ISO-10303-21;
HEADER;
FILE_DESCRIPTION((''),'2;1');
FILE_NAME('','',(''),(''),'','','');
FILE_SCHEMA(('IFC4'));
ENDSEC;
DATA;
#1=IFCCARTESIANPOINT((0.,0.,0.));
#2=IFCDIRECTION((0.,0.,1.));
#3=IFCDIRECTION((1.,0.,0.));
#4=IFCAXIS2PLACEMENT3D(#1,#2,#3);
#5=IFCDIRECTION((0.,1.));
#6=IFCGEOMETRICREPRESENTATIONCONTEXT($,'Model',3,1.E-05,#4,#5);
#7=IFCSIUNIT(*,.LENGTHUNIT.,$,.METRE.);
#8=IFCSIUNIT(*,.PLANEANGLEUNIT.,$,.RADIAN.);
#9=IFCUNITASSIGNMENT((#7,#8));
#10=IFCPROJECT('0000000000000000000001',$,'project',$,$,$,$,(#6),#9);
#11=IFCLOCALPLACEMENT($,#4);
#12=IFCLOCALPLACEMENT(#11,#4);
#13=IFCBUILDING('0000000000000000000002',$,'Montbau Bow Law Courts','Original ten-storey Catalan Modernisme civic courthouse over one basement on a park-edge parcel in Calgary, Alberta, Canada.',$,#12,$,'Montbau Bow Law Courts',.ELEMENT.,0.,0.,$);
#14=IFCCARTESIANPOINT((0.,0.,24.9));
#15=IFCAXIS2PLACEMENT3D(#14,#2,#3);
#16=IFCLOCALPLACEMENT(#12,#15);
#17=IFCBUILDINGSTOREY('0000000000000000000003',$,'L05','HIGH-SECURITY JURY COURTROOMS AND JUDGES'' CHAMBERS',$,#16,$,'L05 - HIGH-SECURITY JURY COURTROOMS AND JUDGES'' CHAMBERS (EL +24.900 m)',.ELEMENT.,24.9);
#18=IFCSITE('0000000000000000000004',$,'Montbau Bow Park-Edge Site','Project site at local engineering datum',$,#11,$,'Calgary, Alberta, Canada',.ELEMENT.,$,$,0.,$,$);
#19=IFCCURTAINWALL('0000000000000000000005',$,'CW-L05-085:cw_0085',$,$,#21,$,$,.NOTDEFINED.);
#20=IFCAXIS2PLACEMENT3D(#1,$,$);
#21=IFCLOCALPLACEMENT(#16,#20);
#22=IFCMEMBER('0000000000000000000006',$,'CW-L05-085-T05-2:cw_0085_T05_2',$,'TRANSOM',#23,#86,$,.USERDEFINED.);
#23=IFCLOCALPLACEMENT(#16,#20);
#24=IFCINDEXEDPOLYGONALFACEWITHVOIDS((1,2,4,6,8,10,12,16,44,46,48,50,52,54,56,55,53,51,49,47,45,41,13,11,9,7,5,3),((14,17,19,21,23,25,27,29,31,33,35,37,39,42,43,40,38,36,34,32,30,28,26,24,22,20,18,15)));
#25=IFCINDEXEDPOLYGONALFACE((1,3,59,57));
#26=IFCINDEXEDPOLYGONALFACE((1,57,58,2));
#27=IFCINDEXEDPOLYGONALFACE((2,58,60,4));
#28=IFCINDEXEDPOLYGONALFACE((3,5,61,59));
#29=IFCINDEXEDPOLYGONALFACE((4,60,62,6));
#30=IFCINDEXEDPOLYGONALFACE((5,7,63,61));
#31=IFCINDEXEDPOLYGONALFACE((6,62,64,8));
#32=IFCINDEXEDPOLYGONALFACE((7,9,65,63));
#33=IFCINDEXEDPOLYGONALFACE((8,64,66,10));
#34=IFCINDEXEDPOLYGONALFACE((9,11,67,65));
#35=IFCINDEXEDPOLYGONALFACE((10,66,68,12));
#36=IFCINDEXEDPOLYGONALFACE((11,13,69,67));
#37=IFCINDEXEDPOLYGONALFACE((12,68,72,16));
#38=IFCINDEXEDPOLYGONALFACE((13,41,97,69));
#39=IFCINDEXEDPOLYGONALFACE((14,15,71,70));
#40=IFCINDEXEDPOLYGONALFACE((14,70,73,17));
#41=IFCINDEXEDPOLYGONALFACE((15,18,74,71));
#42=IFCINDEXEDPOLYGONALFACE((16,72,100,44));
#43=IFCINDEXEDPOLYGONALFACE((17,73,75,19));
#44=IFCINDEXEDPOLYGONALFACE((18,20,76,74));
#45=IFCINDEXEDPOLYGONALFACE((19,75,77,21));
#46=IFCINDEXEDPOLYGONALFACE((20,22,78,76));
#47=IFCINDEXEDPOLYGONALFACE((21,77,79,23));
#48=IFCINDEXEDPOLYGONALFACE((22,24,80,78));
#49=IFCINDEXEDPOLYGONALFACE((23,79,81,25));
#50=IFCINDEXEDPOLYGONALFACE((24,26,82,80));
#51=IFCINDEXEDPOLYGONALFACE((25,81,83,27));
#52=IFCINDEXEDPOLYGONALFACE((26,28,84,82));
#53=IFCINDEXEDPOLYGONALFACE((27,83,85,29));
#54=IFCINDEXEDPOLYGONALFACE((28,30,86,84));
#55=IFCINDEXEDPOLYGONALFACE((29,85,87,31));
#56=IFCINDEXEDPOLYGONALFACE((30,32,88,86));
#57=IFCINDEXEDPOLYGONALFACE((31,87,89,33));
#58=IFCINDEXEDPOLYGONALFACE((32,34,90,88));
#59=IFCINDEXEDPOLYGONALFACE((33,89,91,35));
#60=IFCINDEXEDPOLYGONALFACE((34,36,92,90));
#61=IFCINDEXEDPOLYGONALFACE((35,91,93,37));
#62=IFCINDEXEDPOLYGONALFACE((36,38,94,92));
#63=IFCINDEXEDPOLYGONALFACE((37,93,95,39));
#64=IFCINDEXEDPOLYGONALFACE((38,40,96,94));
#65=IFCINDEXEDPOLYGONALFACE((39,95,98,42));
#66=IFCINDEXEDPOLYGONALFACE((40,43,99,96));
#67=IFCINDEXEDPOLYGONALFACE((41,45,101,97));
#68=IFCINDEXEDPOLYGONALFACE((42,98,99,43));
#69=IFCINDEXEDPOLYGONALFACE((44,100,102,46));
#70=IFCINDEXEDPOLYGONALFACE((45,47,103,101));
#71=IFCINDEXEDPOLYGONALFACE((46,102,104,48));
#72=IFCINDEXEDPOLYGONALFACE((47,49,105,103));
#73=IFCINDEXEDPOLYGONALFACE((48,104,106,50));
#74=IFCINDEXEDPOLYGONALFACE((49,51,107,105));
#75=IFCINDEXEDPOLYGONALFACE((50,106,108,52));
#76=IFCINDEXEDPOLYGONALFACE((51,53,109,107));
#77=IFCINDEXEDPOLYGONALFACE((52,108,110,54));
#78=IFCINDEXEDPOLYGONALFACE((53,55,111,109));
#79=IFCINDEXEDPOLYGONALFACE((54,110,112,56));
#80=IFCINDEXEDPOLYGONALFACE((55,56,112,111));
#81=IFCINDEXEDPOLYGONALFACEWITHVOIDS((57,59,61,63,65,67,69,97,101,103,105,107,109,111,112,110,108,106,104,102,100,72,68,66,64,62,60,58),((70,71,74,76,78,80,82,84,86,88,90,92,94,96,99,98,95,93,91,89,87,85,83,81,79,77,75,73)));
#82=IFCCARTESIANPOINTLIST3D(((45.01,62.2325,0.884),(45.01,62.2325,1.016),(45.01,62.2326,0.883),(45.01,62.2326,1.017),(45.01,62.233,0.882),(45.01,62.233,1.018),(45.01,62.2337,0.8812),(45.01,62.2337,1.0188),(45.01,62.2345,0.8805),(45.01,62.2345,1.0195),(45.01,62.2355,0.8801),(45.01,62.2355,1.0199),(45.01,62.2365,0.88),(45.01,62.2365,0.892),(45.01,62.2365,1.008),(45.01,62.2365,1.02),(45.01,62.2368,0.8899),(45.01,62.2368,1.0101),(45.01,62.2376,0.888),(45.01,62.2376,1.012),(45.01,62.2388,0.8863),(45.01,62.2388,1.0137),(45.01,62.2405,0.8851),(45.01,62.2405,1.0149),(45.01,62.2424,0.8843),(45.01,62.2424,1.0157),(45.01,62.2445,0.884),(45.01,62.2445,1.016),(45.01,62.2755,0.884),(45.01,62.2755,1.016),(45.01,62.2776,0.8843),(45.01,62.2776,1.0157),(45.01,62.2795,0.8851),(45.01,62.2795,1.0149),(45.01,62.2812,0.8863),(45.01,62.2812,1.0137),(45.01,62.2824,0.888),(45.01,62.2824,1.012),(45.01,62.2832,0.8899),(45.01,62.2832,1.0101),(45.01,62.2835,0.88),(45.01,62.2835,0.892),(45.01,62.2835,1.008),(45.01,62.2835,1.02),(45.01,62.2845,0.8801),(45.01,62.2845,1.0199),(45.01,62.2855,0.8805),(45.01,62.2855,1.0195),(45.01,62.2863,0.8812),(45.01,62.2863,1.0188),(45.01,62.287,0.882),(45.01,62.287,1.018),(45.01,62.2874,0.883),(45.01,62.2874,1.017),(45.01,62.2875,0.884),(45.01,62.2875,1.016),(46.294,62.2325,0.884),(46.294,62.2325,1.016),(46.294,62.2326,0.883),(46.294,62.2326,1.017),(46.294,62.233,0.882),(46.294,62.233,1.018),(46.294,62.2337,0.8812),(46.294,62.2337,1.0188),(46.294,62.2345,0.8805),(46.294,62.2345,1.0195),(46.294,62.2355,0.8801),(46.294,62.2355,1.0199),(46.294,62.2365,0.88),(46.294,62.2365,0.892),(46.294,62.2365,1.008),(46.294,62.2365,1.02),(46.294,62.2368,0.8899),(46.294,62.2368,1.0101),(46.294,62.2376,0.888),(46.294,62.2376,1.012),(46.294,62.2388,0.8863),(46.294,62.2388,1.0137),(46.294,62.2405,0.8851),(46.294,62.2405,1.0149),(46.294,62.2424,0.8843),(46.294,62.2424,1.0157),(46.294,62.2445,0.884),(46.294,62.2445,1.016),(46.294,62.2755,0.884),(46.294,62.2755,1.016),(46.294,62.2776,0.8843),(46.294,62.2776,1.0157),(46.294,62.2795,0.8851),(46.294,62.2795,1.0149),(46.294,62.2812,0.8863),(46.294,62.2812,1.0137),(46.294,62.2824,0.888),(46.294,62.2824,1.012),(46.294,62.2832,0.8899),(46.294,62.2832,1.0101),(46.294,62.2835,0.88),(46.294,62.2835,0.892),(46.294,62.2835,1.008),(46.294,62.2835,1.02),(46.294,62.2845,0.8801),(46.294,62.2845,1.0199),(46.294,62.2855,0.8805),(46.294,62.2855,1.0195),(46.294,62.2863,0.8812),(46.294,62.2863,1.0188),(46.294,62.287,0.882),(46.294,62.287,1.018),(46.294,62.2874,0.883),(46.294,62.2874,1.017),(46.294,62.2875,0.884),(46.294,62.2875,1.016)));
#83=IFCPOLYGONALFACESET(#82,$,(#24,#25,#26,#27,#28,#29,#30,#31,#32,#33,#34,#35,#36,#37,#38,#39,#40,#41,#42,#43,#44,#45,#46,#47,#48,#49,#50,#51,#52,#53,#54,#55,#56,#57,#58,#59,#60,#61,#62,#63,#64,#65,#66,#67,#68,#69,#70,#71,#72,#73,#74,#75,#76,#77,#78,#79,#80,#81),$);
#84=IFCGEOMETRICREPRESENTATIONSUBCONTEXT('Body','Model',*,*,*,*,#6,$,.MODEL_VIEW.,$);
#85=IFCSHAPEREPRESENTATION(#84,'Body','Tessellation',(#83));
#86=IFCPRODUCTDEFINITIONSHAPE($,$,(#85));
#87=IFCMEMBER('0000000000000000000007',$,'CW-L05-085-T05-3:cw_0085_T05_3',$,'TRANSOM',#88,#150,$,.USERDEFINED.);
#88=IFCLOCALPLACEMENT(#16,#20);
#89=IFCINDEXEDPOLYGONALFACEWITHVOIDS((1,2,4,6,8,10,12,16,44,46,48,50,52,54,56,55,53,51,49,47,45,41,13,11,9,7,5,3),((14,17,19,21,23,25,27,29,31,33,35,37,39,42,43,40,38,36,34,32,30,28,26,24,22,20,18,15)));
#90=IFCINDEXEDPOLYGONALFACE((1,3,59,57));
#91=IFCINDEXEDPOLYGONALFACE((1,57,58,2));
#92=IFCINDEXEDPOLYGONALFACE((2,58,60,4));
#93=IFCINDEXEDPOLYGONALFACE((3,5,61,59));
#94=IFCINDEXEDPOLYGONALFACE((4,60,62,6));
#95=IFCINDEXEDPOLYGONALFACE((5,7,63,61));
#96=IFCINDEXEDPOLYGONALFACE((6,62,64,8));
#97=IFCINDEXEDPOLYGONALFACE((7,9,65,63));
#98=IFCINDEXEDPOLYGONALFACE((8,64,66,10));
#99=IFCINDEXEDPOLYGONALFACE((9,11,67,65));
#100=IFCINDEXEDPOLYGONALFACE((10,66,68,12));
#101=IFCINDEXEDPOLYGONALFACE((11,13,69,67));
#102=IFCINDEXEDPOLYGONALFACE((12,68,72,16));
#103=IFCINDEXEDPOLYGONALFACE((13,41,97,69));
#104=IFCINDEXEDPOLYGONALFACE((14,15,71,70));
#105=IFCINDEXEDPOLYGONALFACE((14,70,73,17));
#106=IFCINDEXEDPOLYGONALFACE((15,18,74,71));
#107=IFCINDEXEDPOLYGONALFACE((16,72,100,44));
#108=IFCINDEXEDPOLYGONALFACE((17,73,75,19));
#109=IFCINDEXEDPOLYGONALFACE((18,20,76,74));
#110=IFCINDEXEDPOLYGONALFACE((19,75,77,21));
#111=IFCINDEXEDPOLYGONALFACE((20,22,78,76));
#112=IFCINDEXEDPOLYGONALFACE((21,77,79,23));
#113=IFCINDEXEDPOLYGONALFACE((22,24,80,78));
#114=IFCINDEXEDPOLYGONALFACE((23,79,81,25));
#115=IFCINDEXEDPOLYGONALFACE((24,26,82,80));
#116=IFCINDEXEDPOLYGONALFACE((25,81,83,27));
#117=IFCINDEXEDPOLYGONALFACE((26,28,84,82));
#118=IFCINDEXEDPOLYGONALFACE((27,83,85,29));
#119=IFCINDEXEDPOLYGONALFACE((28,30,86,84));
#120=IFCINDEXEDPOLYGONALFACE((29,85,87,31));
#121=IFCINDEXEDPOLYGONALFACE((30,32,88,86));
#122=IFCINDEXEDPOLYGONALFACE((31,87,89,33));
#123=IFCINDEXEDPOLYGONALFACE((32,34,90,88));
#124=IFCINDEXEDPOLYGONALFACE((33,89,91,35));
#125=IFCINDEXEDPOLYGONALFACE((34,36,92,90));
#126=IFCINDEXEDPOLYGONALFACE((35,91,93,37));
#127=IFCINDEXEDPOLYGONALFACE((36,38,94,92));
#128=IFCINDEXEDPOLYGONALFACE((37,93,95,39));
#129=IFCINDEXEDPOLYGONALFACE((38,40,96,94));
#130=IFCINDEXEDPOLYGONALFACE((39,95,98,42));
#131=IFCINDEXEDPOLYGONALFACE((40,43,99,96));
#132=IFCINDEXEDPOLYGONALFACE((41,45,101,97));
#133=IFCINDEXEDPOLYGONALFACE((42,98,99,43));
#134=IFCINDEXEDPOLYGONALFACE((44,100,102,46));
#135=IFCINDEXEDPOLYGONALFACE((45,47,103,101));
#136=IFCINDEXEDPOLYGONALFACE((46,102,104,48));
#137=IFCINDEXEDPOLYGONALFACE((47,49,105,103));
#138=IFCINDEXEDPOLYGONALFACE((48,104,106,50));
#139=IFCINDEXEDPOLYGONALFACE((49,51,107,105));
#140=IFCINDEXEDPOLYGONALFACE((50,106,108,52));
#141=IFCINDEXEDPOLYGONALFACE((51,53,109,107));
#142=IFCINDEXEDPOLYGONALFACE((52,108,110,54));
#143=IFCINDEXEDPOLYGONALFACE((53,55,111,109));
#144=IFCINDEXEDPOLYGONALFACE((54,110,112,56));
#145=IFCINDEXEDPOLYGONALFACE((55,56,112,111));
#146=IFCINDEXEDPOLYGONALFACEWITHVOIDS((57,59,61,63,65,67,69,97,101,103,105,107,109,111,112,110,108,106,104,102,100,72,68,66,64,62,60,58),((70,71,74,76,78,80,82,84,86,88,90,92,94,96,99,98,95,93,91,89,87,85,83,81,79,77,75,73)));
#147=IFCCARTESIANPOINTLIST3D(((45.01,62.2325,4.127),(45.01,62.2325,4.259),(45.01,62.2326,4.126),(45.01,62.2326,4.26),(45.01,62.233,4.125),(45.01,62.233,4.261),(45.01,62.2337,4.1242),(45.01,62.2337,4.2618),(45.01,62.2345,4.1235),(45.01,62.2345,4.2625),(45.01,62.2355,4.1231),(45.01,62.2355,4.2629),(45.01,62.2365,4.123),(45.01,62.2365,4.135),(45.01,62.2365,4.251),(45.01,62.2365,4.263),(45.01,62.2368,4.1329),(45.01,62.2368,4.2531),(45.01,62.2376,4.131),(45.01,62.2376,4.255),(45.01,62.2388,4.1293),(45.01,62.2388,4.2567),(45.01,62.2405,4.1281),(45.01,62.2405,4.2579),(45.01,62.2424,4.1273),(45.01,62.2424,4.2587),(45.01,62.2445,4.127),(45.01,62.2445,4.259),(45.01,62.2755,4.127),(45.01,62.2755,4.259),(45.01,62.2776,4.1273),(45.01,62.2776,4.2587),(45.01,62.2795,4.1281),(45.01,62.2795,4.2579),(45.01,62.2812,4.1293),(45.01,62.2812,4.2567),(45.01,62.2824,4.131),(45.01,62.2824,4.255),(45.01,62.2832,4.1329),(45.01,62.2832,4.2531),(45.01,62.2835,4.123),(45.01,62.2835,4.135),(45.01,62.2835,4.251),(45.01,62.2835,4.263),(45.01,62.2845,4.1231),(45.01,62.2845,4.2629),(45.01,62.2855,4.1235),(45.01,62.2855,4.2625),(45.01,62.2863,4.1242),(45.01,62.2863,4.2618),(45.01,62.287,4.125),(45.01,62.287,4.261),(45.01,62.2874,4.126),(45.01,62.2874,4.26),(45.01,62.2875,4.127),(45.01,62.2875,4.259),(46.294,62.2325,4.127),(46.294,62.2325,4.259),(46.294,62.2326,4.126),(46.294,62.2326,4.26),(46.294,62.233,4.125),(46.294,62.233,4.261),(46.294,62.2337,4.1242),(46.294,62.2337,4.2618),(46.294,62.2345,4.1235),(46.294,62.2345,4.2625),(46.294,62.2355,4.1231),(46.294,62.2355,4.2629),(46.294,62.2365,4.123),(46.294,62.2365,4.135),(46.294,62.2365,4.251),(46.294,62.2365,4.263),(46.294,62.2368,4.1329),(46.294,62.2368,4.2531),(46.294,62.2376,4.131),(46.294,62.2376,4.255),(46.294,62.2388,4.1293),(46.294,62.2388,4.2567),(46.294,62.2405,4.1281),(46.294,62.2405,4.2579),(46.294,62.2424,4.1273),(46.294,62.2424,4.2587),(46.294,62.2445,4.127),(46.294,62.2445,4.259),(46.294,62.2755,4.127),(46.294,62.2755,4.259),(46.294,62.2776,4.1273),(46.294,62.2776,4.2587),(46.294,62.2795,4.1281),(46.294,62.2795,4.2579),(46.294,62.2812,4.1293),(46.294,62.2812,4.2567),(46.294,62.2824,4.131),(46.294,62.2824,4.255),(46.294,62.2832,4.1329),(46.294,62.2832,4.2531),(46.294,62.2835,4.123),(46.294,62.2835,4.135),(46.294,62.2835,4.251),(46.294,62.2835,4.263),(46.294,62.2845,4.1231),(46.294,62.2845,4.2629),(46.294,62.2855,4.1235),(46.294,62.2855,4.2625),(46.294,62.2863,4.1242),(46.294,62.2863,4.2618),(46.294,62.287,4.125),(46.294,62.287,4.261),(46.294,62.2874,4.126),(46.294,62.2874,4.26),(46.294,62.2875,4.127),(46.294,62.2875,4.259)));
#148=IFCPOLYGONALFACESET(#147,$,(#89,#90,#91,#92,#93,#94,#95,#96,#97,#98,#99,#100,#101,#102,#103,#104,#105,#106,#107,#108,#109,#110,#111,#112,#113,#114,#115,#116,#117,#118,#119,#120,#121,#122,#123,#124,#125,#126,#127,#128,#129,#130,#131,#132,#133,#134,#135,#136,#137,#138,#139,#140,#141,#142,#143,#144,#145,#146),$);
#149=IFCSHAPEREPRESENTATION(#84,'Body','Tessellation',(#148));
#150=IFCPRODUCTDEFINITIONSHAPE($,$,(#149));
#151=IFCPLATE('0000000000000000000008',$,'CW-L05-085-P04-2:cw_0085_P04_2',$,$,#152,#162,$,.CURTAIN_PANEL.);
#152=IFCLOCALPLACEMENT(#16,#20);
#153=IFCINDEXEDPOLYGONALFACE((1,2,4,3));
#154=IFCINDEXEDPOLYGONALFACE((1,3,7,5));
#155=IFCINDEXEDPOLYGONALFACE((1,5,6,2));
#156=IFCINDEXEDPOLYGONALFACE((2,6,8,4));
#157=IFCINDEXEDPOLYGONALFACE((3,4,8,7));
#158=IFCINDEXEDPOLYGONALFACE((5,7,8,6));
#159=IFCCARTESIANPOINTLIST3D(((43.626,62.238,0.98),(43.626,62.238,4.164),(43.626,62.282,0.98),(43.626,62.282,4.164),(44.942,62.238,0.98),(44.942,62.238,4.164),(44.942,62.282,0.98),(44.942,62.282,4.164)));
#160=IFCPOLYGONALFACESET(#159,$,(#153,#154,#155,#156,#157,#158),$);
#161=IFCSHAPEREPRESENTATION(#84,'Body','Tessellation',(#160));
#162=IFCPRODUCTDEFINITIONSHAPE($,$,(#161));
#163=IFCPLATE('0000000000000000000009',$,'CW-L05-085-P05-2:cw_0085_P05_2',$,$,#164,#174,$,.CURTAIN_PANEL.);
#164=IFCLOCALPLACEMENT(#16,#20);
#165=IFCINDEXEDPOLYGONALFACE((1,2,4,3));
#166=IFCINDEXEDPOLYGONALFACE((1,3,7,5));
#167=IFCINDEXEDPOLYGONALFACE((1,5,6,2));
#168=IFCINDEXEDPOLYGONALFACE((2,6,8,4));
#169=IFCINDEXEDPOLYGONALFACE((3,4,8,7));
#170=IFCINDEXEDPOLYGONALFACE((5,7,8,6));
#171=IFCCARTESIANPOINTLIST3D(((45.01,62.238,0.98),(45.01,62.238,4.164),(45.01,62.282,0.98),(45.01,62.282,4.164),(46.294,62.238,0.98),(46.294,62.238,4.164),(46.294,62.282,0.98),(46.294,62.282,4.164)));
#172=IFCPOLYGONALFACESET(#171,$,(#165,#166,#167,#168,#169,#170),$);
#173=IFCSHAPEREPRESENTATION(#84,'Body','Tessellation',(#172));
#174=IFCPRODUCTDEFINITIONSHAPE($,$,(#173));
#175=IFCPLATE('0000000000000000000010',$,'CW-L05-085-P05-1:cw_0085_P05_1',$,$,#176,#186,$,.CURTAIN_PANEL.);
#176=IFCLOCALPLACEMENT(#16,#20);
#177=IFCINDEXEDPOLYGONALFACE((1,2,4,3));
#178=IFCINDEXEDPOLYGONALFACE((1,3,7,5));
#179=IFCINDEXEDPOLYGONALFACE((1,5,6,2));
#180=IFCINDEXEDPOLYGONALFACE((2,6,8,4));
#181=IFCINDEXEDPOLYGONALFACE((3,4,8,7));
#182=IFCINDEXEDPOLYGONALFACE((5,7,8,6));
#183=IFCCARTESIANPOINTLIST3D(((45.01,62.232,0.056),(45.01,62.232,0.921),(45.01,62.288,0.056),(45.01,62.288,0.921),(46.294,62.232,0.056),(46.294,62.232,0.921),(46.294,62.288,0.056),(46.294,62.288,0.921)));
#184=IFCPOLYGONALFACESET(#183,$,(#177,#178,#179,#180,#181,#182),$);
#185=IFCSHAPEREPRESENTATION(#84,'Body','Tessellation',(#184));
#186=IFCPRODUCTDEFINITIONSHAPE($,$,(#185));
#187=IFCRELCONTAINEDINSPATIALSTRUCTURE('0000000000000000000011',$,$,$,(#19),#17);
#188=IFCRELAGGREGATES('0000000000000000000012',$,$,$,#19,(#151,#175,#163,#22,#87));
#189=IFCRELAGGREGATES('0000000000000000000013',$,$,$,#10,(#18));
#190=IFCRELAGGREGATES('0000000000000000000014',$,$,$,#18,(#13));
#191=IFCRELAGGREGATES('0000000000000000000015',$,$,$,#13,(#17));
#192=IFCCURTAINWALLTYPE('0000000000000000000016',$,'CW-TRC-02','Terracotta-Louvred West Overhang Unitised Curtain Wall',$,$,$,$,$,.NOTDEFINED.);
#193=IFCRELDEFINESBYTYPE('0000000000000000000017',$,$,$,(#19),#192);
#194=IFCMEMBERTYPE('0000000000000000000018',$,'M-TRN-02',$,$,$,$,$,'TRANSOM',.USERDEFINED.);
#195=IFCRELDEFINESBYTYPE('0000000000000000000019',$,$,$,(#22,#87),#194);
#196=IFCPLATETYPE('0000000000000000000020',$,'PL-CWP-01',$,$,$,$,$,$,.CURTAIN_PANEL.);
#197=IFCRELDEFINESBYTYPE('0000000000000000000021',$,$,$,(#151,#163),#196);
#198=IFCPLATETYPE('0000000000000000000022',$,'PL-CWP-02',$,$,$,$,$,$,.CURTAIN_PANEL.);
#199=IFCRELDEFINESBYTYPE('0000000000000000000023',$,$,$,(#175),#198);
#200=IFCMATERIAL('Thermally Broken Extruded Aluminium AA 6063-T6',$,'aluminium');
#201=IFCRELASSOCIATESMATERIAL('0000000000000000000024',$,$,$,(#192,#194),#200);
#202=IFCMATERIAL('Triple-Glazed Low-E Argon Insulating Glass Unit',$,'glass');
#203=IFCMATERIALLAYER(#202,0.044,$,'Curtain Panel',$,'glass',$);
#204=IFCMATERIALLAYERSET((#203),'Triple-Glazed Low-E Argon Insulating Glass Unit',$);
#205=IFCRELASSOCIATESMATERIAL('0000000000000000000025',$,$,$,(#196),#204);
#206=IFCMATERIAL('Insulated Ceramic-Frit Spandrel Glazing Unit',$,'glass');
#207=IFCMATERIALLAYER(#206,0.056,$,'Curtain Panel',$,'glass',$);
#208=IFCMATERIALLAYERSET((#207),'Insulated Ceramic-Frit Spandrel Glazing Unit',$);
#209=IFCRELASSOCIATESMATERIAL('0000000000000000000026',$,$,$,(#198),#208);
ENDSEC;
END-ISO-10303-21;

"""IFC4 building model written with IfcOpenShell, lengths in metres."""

from ifc_helpers import new_model, si_unit, direction, frame, frame_2d, origin_with_axes, origin_2d_with_axis, place, context, subcontext, project, spatial, rectangle, hollow_rectangle, extrude, material, layer, layer_set, material_profile, profile_set, type_object, element, aggregate, save


model = new_model("IFC4")

# Units and contexts
model_context = context("Model", 3, precision=1e-05, world=origin_with_axes(), true_north=direction((0.0, 1.0)))
body_context = subcontext(model_context, "Body", "Model", "MODEL_VIEW")
ifc_project = project(units=[si_unit("LENGTHUNIT", "METRE"), si_unit("PLANEANGLEUNIT", "RADIAN")], contexts=[model_context])

# Site, building, storey
site_placement = place(None, origin_with_axes())
site = spatial("IfcSite", under=ifc_project, at=site_placement, Name="Montbau Bow Park-Edge Site", Description="Project site at local engineering datum", LongName="Calgary, Alberta, Canada", CompositionType="ELEMENT", RefElevation=0.0)
building_placement = place(site_placement, origin_with_axes())
building = spatial("IfcBuilding", under=site, at=building_placement, Name="Montbau Bow Law Courts", Description="Original ten-storey Catalan Modernisme civic courthouse over one basement on a park-edge parcel in Calgary, Alberta, Canada.", LongName="Montbau Bow Law Courts", CompositionType="ELEMENT", ElevationOfRefHeight=0.0, ElevationOfTerrain=0.0)
storey_placement = place(building_placement, frame((0.0, 0.0, 24.9), z_axis=(0.0, 0.0, 1.0), x_axis=(1.0, 0.0, 0.0)))
storey = spatial("IfcBuildingStorey", under=building, at=storey_placement, Name="L05", Description="HIGH-SECURITY JURY COURTROOMS AND JUDGES' CHAMBERS", LongName="L05 - HIGH-SECURITY JURY COURTROOMS AND JUDGES' CHAMBERS (EL +24.900 m)", CompositionType="ELEMENT", Elevation=24.9)

# Curtain wall, members, plates
ifc_material_1 = material(Name="Thermally Broken Extruded Aluminium AA 6063-T6", Category="aluminium")
curtain_wall_type = type_object("IfcCurtainWallType", Name="CW-TRC-02", Description="Terracotta-Louvred West Overhang Unitised Curtain Wall", PredefinedType="NOTDEFINED", material=ifc_material_1)
curtain_wall_placement = place(None, frame((39.44, 62.26, 24.9), z_axis=(0.0, 0.0, 1.0), x_axis=(1.0, 0.0, 0.0)))
curtain_wall = element("IfcCurtainWall", 1, at=curtain_wall_placement, inside=storey, type_object=curtain_wall_type, Name="CW-L05-085:cw_0085", PredefinedType="NOTDEFINED")
ifc_material_profile_1 = material_profile(ifc_material_1, hollow_rectangle(XDim=0.055, YDim=0.14, WallThickness=0.004, InnerFilletRadius=0.008, OuterFilletRadius=0.004, at=origin_2d_with_axis()), Name="CWT-140X55", Category="Main", Priority=0)
ifc_profile_set_1 = profile_set([ifc_material_profile_1], Name="Thermally Broken Extruded Aluminium AA 6063-T6")
member_type_1 = type_object("IfcMemberType", Name="M-TRN-02", ElementType="TRANSOM", PredefinedType="USERDEFINED", material=ifc_profile_set_1)
member_1_placement = place(None, frame((45.01, 62.26, 25.85), z_axis=(1.0, 0.0, 0.0), x_axis=(0.0, 1.0, 0.0)))
member_1 = element("IfcMember", 2, at=member_1_placement, type_object=member_type_1, Name="CW-L05-085-T05-2:cw_0085_T05_2", ObjectType="TRANSOM", PredefinedType="USERDEFINED", context=body_context, shape_type="SweptSolid", body=[
    extrude(hollow_rectangle(XDim=0.055, YDim=0.14, WallThickness=0.004, InnerFilletRadius=0.008, OuterFilletRadius=0.004, at=origin_2d_with_axis()), origin_with_axes(), (0.0, 0.0, 1.0), 1.284),
])
member_2_placement = place(None, frame((45.01, 62.26, 29.093), z_axis=(1.0, 0.0, 0.0), x_axis=(0.0, 1.0, 0.0)))
member_2 = element("IfcMember", 3, at=member_2_placement, type_object=member_type_1, Name="CW-L05-085-T05-3:cw_0085_T05_3", ObjectType="TRANSOM", PredefinedType="USERDEFINED", context=body_context, shape_type="SweptSolid", body=[
    extrude(hollow_rectangle(XDim=0.055, YDim=0.14, WallThickness=0.004, InnerFilletRadius=0.008, OuterFilletRadius=0.004, at=origin_2d_with_axis()), origin_with_axes(), (0.0, 0.0, 1.0), 1.284),
])
ifc_material_2 = material(Name="Triple-Glazed Low-E Argon Insulating Glass Unit", Category="glass")
ifc_layer_1 = layer(ifc_material_2, 0.044, Name="Curtain Panel", Category="glass")
ifc_layer_set_1 = layer_set([ifc_layer_1], Name="Triple-Glazed Low-E Argon Insulating Glass Unit")
plate_type_1 = type_object("IfcPlateType", Name="PL-CWP-01", PredefinedType="CURTAIN_PANEL", material=ifc_layer_set_1)
plate_1_placement = place(None, frame((43.626, 62.26, 25.88), z_axis=(0.0, -1.0, 0.0), x_axis=(1.0, 0.0, 0.0)))
plate_1 = element("IfcPlate", 4, at=plate_1_placement, type_object=plate_type_1, Name="CW-L05-085-P04-2:cw_0085_P04_2", PredefinedType="CURTAIN_PANEL", context=body_context, shape_type="SweptSolid", body=[
    extrude(rectangle(XDim=1.316, YDim=3.184, at=frame_2d((0.658, 1.592), x_axis=(1.0, 0.0))), frame((0.0, 0.0, -0.022), z_axis=(0.0, 0.0, 1.0), x_axis=(1.0, 0.0, 0.0)), (0.0, 0.0, 1.0), 0.044),
])
plate_2_placement = place(None, frame((45.01, 62.26, 25.88), z_axis=(0.0, -1.0, 0.0), x_axis=(1.0, 0.0, 0.0)))
plate_2 = element("IfcPlate", 5, at=plate_2_placement, type_object=plate_type_1, Name="CW-L05-085-P05-2:cw_0085_P05_2", PredefinedType="CURTAIN_PANEL", context=body_context, shape_type="SweptSolid", body=[
    extrude(rectangle(XDim=1.284, YDim=3.184, at=frame_2d((0.642, 1.592), x_axis=(1.0, 0.0))), frame((0.0, 0.0, -0.022), z_axis=(0.0, 0.0, 1.0), x_axis=(1.0, 0.0, 0.0)), (0.0, 0.0, 1.0), 0.044),
])
ifc_material_3 = material(Name="Insulated Ceramic-Frit Spandrel Glazing Unit", Category="glass")
ifc_layer_2 = layer(ifc_material_3, 0.056, Name="Curtain Panel", Category="glass")
ifc_layer_set_2 = layer_set([ifc_layer_2], Name="Insulated Ceramic-Frit Spandrel Glazing Unit")
plate_type_2 = type_object("IfcPlateType", Name="PL-CWP-02", PredefinedType="CURTAIN_PANEL", material=ifc_layer_set_2)
plate_3_placement = place(None, frame((45.01, 62.26, 24.956), z_axis=(0.0, -1.0, 0.0), x_axis=(1.0, 0.0, 0.0)))
plate_3 = element("IfcPlate", 6, at=plate_3_placement, type_object=plate_type_2, Name="CW-L05-085-P05-1:cw_0085_P05_1", PredefinedType="CURTAIN_PANEL", context=body_context, shape_type="SweptSolid", body=[
    extrude(rectangle(XDim=1.284, YDim=0.865, at=frame_2d((0.642, 0.4325), x_axis=(1.0, 0.0))), frame((0.0, 0.0, -0.028), z_axis=(0.0, 0.0, 1.0), x_axis=(1.0, 0.0, 0.0)), (0.0, 0.0, 1.0), 0.056),
])
aggregate(curtain_wall, [plate_1, plate_3, plate_2, member_1, member_2])

save(model, "model.ifc")
